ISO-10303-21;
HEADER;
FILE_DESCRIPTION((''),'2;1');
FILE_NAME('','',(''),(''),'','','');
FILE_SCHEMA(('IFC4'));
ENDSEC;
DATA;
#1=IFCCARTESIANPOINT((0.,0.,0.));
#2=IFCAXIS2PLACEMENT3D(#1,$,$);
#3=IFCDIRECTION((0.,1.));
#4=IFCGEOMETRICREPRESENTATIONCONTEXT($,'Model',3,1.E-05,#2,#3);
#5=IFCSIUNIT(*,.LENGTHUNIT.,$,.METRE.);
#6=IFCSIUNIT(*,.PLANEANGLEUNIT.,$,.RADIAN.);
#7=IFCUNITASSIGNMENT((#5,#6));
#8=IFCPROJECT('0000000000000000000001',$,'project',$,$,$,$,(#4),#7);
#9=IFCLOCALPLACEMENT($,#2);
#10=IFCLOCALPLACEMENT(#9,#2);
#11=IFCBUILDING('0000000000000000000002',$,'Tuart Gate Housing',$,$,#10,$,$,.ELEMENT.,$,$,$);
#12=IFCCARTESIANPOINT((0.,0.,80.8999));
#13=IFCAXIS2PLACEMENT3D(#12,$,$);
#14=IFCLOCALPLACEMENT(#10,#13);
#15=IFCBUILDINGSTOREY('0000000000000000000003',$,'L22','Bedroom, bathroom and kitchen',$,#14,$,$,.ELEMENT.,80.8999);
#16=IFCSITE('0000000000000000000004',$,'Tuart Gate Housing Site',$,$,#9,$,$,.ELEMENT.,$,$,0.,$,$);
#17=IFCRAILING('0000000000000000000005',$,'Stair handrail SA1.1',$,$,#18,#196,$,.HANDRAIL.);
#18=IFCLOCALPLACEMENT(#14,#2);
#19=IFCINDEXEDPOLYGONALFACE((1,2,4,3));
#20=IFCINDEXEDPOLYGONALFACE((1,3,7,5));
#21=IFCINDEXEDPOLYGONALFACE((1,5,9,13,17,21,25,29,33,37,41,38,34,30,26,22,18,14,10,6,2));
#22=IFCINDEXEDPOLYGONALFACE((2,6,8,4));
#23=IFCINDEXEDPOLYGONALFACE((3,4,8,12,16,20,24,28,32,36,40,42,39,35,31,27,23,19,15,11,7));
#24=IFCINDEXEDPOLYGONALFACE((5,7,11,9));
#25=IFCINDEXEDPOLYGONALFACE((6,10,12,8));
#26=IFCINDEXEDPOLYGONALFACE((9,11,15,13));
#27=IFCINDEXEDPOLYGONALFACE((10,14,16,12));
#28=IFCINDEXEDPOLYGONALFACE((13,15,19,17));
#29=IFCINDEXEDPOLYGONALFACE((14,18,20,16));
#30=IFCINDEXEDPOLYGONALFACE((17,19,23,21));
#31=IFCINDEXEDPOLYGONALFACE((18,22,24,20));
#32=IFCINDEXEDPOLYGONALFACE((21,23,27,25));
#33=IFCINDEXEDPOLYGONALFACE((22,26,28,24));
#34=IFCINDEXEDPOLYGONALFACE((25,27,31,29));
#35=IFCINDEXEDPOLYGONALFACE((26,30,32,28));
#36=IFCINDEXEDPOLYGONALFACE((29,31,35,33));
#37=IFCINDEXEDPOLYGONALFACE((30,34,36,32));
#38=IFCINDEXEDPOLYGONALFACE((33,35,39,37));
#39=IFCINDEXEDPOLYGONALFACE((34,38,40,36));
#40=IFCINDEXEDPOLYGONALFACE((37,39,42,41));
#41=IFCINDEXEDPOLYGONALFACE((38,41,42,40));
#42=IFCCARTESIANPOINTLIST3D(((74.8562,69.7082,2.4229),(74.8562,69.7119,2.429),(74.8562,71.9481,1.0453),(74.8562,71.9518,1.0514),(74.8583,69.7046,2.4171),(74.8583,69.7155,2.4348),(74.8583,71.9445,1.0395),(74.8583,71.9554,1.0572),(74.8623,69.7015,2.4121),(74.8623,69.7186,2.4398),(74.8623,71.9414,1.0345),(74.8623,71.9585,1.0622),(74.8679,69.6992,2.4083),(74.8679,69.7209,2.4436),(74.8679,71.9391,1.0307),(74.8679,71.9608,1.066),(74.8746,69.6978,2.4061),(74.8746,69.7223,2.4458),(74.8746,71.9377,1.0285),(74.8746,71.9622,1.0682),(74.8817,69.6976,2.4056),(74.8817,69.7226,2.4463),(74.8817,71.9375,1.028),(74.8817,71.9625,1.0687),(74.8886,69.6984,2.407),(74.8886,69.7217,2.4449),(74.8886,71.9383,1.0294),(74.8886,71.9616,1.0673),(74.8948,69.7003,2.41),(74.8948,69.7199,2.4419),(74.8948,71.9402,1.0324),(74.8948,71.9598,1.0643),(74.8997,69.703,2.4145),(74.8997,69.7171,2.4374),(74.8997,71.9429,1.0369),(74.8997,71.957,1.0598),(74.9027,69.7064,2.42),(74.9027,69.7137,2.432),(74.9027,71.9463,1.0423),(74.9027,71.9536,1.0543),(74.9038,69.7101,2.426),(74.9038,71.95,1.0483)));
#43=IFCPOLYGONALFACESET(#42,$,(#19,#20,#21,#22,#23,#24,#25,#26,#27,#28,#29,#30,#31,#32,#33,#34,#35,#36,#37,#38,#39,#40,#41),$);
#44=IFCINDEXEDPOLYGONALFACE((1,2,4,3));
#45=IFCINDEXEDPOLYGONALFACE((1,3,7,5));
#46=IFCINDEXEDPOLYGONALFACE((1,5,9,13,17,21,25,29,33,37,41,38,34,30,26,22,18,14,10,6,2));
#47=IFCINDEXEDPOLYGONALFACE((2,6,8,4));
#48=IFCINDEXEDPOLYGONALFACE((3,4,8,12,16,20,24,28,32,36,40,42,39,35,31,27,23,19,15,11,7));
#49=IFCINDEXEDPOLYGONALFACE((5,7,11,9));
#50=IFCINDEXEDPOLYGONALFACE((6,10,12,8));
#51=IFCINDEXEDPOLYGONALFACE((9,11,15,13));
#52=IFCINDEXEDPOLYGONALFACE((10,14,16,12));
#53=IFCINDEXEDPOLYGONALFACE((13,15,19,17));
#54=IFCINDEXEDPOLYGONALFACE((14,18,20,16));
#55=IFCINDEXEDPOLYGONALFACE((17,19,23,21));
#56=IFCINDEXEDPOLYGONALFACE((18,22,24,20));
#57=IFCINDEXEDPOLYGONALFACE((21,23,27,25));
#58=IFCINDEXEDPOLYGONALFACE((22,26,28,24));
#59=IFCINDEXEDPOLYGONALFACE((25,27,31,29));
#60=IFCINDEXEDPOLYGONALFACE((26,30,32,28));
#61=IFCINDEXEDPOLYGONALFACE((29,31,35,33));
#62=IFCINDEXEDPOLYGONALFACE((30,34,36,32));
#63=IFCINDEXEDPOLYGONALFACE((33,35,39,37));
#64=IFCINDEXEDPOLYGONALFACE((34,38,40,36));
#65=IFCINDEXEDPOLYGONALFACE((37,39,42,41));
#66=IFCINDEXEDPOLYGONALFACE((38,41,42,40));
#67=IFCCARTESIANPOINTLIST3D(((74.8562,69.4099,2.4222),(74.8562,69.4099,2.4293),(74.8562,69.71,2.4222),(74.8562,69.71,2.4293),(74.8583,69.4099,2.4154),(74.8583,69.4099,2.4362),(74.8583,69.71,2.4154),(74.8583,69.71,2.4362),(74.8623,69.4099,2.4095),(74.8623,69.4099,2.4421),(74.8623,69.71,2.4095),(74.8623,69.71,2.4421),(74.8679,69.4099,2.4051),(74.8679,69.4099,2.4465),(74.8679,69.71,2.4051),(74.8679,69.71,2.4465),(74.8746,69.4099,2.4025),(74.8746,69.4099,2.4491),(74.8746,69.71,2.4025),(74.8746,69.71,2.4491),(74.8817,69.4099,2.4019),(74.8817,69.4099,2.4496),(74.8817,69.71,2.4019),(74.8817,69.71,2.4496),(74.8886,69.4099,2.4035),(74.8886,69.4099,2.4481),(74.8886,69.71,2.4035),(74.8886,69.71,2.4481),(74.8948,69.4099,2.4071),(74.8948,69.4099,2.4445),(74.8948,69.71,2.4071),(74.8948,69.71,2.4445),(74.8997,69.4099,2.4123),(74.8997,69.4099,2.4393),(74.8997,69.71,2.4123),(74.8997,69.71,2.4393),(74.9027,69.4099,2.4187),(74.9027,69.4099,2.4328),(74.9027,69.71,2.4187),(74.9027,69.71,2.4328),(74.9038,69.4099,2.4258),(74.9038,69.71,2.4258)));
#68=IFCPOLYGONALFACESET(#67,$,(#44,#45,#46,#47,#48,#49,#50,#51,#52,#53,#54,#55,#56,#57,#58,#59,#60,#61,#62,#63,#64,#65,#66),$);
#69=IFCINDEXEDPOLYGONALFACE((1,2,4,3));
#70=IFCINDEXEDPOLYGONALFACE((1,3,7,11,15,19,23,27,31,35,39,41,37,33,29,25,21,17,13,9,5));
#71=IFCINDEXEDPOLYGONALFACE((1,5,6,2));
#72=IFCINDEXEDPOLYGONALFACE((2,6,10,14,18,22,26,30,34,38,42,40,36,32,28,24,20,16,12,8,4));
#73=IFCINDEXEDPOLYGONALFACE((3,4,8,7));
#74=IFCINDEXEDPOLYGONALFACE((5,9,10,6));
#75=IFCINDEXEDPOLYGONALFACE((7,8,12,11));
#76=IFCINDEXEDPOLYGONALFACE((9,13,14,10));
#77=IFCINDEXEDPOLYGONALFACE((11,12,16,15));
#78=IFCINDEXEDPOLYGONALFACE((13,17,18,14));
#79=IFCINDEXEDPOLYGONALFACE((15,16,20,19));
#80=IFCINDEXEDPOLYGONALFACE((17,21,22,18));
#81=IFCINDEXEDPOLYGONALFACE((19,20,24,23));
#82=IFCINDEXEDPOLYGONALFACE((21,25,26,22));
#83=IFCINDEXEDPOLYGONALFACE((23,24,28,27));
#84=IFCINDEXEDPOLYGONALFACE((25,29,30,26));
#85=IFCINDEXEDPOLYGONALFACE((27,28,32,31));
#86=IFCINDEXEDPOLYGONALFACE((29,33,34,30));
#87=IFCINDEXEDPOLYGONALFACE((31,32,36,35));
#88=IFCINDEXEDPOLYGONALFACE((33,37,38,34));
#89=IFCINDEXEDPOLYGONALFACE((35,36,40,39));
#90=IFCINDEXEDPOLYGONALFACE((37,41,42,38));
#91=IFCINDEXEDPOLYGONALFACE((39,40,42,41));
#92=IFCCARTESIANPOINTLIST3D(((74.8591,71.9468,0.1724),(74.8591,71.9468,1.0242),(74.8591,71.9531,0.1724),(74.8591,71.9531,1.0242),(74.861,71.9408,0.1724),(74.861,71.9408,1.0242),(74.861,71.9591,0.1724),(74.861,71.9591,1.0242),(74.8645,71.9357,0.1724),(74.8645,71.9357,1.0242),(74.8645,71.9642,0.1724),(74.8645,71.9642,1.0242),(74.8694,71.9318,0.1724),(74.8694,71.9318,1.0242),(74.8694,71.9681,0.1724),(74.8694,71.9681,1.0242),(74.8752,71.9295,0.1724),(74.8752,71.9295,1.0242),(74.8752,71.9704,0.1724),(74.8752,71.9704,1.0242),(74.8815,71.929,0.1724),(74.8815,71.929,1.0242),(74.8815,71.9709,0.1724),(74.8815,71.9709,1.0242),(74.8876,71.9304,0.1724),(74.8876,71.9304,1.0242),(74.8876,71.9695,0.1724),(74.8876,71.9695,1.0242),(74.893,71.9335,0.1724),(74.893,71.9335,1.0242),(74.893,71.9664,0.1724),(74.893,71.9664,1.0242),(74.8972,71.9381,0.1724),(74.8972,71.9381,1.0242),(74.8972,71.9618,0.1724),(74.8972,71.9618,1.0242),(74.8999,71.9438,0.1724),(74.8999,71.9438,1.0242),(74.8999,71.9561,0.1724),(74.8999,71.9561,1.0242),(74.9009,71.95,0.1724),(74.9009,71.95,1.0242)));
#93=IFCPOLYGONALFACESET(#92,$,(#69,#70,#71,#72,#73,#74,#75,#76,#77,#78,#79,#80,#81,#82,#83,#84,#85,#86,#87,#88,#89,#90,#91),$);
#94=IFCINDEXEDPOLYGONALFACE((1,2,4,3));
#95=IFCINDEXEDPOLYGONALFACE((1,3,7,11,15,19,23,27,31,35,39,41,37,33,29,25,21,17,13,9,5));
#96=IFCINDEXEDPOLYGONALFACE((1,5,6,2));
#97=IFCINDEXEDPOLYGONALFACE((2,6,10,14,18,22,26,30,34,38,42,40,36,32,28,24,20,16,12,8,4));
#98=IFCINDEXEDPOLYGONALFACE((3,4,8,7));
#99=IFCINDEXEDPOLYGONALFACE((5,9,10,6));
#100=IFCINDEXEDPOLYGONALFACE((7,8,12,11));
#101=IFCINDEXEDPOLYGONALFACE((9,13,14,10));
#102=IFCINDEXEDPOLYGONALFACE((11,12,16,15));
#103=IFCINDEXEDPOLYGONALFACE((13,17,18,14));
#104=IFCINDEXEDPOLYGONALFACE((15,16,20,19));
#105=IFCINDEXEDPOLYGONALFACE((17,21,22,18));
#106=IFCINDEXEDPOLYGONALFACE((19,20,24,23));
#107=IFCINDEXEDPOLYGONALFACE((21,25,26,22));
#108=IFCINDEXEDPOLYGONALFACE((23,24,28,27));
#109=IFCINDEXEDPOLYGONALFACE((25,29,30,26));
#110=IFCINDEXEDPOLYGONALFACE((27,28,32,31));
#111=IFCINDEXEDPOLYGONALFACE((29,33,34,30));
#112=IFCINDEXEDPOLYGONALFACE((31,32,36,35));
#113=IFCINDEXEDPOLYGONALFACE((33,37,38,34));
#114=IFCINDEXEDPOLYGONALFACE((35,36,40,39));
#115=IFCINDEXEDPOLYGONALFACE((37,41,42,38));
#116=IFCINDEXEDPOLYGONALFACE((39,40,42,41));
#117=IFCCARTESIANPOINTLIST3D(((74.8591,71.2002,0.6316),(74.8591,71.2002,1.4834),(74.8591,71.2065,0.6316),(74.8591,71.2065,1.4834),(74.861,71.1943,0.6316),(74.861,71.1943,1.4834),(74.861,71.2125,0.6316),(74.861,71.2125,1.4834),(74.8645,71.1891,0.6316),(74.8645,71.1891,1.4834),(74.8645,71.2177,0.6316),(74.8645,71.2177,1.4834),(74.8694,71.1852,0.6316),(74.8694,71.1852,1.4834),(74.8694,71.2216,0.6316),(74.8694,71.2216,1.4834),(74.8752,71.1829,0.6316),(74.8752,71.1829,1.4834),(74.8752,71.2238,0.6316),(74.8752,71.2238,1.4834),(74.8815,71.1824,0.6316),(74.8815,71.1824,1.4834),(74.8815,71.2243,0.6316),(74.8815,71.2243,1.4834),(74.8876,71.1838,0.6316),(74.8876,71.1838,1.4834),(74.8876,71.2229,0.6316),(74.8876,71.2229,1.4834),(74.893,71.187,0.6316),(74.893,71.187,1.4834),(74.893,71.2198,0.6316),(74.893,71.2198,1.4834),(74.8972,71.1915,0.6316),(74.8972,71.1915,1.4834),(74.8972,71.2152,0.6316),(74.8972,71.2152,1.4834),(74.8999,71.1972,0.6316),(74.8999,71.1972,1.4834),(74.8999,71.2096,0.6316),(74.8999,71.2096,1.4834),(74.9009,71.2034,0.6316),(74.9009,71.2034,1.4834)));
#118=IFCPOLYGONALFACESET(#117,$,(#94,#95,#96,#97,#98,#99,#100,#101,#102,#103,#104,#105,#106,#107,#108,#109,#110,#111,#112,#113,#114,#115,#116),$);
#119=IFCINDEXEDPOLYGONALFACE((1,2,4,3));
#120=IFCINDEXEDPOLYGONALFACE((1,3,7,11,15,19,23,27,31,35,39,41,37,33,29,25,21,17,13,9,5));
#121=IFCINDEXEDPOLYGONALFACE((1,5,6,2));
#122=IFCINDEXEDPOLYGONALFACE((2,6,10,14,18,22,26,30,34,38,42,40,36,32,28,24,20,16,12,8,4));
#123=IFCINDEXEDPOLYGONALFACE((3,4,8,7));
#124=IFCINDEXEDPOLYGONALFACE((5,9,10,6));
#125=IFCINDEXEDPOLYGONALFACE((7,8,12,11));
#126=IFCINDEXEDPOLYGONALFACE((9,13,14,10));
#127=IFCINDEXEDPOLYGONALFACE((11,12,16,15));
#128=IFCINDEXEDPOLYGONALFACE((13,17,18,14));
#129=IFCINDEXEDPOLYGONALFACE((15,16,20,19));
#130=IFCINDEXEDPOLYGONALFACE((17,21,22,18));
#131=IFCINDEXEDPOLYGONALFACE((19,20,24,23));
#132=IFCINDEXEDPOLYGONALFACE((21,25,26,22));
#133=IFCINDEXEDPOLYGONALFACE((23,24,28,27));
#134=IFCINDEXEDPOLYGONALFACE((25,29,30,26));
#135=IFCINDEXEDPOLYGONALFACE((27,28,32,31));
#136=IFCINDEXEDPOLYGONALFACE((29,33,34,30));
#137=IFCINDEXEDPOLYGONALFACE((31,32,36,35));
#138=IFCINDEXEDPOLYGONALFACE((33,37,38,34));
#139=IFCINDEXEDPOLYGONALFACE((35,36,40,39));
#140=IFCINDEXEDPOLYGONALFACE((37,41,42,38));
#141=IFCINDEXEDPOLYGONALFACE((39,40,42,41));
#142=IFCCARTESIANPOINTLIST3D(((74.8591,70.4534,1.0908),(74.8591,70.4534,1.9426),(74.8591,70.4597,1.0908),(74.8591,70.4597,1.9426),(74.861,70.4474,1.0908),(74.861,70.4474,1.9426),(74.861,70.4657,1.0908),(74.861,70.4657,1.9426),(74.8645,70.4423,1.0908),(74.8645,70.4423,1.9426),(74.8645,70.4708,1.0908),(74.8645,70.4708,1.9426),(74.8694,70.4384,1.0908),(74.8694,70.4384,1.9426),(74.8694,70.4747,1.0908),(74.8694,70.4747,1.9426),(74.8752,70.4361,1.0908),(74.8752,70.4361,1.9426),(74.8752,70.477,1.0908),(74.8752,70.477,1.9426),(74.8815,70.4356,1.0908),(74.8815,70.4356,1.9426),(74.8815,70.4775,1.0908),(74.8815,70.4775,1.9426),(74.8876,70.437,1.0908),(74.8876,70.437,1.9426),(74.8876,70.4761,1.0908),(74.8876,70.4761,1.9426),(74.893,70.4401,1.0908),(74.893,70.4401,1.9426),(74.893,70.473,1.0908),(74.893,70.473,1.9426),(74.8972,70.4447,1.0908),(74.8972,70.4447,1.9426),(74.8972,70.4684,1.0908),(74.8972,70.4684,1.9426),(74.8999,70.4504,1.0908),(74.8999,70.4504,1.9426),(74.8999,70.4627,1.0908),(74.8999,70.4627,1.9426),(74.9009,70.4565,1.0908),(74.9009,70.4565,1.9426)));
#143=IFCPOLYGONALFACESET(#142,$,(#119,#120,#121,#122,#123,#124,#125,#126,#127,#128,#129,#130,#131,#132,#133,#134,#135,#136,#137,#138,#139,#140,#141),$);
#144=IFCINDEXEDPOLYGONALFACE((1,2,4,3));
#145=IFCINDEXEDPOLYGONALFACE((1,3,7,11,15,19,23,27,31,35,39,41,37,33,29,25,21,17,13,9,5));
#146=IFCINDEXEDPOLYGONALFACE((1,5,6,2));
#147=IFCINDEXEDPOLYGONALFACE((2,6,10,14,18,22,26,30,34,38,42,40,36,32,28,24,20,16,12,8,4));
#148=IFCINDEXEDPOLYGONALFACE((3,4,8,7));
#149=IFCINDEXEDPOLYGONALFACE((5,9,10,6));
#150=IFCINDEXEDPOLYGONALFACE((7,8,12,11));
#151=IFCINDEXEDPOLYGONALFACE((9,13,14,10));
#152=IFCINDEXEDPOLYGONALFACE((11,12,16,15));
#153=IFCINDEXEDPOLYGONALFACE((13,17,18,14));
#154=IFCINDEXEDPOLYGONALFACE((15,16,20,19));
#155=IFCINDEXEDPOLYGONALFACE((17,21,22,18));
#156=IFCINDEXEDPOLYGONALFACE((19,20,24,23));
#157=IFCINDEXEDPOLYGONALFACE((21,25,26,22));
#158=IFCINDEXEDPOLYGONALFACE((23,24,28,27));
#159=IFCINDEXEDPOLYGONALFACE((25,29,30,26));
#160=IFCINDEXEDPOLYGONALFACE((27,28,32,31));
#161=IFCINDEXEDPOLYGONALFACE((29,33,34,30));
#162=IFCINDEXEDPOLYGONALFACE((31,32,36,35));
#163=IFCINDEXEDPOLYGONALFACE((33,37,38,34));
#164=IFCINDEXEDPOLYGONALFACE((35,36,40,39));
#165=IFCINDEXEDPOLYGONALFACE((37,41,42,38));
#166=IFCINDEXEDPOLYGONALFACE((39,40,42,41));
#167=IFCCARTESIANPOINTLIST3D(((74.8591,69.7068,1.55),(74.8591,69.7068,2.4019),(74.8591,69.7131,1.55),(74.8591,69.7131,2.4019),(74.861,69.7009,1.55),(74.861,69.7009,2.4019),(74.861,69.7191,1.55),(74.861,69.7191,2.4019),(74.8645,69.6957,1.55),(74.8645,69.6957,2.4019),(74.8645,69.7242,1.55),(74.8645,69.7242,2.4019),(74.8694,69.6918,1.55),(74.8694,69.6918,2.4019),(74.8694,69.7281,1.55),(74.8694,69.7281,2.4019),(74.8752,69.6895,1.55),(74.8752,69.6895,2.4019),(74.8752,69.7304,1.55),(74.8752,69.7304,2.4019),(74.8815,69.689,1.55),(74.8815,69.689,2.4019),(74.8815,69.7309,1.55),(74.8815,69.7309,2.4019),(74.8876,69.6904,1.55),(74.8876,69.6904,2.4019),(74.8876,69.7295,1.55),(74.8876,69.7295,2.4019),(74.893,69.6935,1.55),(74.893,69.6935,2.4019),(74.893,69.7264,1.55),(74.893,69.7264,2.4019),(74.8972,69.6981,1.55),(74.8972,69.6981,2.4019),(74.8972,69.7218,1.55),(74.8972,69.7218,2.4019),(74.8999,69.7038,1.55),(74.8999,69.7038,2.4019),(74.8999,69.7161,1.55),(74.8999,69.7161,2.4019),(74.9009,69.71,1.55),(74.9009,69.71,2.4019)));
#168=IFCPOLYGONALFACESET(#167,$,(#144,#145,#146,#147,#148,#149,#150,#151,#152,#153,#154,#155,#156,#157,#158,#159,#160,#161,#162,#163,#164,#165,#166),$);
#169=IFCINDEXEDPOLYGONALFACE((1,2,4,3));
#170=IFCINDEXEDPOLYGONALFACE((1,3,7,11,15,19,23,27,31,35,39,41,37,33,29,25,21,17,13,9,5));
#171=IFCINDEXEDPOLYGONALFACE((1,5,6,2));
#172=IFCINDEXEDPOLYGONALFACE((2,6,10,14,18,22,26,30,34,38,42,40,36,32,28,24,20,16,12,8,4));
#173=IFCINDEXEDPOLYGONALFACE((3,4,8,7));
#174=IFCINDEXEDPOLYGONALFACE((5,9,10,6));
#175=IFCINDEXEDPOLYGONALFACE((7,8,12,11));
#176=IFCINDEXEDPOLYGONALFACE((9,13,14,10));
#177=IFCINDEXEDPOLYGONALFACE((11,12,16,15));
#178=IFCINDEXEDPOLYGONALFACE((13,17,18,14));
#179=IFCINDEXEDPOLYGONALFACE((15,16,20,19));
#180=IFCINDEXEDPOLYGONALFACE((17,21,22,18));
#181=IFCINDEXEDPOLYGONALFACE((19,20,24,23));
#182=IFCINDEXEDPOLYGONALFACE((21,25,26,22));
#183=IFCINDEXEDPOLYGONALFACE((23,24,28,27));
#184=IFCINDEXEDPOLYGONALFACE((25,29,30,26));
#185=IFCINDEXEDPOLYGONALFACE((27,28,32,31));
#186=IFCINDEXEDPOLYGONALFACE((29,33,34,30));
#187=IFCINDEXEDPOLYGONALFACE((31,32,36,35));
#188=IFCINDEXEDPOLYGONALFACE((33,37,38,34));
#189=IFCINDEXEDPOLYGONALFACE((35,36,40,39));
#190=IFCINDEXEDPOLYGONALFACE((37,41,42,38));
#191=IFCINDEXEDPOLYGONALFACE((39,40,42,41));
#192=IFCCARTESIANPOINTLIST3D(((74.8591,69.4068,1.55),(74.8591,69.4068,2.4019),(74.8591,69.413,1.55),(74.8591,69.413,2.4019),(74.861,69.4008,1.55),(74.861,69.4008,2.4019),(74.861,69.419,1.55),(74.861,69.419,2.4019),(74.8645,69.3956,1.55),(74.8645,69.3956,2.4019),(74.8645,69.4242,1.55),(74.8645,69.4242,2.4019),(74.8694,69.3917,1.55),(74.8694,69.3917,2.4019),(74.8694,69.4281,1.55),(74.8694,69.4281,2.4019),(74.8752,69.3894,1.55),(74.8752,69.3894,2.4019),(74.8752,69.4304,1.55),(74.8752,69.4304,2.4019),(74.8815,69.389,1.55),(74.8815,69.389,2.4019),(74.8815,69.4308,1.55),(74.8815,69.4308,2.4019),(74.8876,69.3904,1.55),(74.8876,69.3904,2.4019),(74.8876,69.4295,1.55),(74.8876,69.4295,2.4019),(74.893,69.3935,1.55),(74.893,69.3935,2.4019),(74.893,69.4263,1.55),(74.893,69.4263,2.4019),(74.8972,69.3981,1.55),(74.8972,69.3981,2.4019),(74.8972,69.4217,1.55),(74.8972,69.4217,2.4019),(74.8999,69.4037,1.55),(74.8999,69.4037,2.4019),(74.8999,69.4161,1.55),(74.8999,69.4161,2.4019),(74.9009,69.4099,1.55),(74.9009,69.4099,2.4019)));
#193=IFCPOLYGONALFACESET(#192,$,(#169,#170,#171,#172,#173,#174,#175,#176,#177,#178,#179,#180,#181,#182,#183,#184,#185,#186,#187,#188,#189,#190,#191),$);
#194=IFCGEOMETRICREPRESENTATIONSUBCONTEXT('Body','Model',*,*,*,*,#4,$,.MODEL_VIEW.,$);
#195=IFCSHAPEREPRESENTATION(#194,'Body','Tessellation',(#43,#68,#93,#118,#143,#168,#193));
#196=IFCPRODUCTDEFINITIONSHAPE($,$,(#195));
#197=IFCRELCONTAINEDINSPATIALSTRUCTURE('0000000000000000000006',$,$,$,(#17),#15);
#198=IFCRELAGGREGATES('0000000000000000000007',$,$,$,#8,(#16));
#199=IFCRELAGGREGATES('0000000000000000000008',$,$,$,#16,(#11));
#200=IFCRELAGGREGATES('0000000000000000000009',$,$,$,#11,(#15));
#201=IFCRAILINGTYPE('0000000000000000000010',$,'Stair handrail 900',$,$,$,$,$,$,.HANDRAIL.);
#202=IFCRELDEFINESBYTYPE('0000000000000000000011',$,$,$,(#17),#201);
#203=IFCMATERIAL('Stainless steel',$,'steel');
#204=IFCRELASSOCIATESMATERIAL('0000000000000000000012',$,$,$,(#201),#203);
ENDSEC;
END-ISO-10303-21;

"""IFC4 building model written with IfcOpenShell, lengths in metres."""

from ifc_helpers import new_model, si_unit, direction, frame, origin, origin_2d, place, context, subcontext, project, spatial, circle, extrude, material, type_object, element, save


model = new_model("IFC4")

# Units and contexts
model_context = context("Model", 3, precision=1e-05, world=origin(), true_north=direction((0.0, 1.0)))
body_context = subcontext(model_context, "Body", "Model", "MODEL_VIEW")
ifc_project = project(units=[si_unit("LENGTHUNIT", "METRE"), si_unit("PLANEANGLEUNIT", "RADIAN")], contexts=[model_context])

# Site, building, storey
site_placement = place(None, origin())
site = spatial("IfcSite", under=ifc_project, at=site_placement, Name="Tuart Gate Housing Site", CompositionType="ELEMENT", RefElevation=0.0)
building_placement = place(site_placement, origin())
building = spatial("IfcBuilding", under=site, at=building_placement, Name="Tuart Gate Housing", CompositionType="ELEMENT")
storey_placement = place(building_placement, frame((0.0, 0.0, 80.8999)))
storey = spatial("IfcBuildingStorey", under=building, at=storey_placement, Name="L22", Description="Bedroom, bathroom and kitchen", CompositionType="ELEMENT", Elevation=80.8999)

# Railing
ifc_material_1 = material(Name="Stainless steel", Category="steel")
railing_type = type_object("IfcRailingType", Name="Stair handrail 900", PredefinedType="HANDRAIL", material=ifc_material_1)
railing_placement = place(storey_placement, frame((74.8799, 71.95, 0.1724)))
element("IfcRailing", 1, at=railing_placement, inside=storey, type_object=railing_type, Name="Stair handrail SA1.1", PredefinedType="HANDRAIL", context=body_context, shape_type="SweptSolid", body=[
    extrude(circle(Radius=0.0239, at=origin_2d()), frame((0.0, 0.0, 0.876), z_axis=(0.0, -0.851789, 0.523885), x_axis=(1.0, 0.0, 0.0)), (0.0, 0.0, 1.0), 2.6296),
    extrude(circle(Radius=0.0239, at=origin_2d()), frame((0.0, -2.24, 2.2534), z_axis=(0.0, -1.0, 0.0), x_axis=(1.0, 0.0, 0.0)), (0.0, 0.0, 1.0), 0.3),
    extrude(circle(Radius=0.021, at=origin_2d()), origin(), (0.0, 0.0, 1.0), 0.8518),
    extrude(circle(Radius=0.021, at=origin_2d()), frame((0.0, -0.7466, 0.4592)), (0.0, 0.0, 1.0), 0.8518),
    extrude(circle(Radius=0.021, at=origin_2d()), frame((0.0, -1.4934, 0.9185)), (0.0, 0.0, 1.0), 0.8518),
    extrude(circle(Radius=0.021, at=origin_2d()), frame((0.0, -2.24, 1.3777)), (0.0, 0.0, 1.0), 0.8518),
    extrude(circle(Radius=0.021, at=origin_2d()), frame((0.0, -2.54, 1.3777)), (0.0, 0.0, 1.0), 0.8518),
])

save(model, "model.ifc")
